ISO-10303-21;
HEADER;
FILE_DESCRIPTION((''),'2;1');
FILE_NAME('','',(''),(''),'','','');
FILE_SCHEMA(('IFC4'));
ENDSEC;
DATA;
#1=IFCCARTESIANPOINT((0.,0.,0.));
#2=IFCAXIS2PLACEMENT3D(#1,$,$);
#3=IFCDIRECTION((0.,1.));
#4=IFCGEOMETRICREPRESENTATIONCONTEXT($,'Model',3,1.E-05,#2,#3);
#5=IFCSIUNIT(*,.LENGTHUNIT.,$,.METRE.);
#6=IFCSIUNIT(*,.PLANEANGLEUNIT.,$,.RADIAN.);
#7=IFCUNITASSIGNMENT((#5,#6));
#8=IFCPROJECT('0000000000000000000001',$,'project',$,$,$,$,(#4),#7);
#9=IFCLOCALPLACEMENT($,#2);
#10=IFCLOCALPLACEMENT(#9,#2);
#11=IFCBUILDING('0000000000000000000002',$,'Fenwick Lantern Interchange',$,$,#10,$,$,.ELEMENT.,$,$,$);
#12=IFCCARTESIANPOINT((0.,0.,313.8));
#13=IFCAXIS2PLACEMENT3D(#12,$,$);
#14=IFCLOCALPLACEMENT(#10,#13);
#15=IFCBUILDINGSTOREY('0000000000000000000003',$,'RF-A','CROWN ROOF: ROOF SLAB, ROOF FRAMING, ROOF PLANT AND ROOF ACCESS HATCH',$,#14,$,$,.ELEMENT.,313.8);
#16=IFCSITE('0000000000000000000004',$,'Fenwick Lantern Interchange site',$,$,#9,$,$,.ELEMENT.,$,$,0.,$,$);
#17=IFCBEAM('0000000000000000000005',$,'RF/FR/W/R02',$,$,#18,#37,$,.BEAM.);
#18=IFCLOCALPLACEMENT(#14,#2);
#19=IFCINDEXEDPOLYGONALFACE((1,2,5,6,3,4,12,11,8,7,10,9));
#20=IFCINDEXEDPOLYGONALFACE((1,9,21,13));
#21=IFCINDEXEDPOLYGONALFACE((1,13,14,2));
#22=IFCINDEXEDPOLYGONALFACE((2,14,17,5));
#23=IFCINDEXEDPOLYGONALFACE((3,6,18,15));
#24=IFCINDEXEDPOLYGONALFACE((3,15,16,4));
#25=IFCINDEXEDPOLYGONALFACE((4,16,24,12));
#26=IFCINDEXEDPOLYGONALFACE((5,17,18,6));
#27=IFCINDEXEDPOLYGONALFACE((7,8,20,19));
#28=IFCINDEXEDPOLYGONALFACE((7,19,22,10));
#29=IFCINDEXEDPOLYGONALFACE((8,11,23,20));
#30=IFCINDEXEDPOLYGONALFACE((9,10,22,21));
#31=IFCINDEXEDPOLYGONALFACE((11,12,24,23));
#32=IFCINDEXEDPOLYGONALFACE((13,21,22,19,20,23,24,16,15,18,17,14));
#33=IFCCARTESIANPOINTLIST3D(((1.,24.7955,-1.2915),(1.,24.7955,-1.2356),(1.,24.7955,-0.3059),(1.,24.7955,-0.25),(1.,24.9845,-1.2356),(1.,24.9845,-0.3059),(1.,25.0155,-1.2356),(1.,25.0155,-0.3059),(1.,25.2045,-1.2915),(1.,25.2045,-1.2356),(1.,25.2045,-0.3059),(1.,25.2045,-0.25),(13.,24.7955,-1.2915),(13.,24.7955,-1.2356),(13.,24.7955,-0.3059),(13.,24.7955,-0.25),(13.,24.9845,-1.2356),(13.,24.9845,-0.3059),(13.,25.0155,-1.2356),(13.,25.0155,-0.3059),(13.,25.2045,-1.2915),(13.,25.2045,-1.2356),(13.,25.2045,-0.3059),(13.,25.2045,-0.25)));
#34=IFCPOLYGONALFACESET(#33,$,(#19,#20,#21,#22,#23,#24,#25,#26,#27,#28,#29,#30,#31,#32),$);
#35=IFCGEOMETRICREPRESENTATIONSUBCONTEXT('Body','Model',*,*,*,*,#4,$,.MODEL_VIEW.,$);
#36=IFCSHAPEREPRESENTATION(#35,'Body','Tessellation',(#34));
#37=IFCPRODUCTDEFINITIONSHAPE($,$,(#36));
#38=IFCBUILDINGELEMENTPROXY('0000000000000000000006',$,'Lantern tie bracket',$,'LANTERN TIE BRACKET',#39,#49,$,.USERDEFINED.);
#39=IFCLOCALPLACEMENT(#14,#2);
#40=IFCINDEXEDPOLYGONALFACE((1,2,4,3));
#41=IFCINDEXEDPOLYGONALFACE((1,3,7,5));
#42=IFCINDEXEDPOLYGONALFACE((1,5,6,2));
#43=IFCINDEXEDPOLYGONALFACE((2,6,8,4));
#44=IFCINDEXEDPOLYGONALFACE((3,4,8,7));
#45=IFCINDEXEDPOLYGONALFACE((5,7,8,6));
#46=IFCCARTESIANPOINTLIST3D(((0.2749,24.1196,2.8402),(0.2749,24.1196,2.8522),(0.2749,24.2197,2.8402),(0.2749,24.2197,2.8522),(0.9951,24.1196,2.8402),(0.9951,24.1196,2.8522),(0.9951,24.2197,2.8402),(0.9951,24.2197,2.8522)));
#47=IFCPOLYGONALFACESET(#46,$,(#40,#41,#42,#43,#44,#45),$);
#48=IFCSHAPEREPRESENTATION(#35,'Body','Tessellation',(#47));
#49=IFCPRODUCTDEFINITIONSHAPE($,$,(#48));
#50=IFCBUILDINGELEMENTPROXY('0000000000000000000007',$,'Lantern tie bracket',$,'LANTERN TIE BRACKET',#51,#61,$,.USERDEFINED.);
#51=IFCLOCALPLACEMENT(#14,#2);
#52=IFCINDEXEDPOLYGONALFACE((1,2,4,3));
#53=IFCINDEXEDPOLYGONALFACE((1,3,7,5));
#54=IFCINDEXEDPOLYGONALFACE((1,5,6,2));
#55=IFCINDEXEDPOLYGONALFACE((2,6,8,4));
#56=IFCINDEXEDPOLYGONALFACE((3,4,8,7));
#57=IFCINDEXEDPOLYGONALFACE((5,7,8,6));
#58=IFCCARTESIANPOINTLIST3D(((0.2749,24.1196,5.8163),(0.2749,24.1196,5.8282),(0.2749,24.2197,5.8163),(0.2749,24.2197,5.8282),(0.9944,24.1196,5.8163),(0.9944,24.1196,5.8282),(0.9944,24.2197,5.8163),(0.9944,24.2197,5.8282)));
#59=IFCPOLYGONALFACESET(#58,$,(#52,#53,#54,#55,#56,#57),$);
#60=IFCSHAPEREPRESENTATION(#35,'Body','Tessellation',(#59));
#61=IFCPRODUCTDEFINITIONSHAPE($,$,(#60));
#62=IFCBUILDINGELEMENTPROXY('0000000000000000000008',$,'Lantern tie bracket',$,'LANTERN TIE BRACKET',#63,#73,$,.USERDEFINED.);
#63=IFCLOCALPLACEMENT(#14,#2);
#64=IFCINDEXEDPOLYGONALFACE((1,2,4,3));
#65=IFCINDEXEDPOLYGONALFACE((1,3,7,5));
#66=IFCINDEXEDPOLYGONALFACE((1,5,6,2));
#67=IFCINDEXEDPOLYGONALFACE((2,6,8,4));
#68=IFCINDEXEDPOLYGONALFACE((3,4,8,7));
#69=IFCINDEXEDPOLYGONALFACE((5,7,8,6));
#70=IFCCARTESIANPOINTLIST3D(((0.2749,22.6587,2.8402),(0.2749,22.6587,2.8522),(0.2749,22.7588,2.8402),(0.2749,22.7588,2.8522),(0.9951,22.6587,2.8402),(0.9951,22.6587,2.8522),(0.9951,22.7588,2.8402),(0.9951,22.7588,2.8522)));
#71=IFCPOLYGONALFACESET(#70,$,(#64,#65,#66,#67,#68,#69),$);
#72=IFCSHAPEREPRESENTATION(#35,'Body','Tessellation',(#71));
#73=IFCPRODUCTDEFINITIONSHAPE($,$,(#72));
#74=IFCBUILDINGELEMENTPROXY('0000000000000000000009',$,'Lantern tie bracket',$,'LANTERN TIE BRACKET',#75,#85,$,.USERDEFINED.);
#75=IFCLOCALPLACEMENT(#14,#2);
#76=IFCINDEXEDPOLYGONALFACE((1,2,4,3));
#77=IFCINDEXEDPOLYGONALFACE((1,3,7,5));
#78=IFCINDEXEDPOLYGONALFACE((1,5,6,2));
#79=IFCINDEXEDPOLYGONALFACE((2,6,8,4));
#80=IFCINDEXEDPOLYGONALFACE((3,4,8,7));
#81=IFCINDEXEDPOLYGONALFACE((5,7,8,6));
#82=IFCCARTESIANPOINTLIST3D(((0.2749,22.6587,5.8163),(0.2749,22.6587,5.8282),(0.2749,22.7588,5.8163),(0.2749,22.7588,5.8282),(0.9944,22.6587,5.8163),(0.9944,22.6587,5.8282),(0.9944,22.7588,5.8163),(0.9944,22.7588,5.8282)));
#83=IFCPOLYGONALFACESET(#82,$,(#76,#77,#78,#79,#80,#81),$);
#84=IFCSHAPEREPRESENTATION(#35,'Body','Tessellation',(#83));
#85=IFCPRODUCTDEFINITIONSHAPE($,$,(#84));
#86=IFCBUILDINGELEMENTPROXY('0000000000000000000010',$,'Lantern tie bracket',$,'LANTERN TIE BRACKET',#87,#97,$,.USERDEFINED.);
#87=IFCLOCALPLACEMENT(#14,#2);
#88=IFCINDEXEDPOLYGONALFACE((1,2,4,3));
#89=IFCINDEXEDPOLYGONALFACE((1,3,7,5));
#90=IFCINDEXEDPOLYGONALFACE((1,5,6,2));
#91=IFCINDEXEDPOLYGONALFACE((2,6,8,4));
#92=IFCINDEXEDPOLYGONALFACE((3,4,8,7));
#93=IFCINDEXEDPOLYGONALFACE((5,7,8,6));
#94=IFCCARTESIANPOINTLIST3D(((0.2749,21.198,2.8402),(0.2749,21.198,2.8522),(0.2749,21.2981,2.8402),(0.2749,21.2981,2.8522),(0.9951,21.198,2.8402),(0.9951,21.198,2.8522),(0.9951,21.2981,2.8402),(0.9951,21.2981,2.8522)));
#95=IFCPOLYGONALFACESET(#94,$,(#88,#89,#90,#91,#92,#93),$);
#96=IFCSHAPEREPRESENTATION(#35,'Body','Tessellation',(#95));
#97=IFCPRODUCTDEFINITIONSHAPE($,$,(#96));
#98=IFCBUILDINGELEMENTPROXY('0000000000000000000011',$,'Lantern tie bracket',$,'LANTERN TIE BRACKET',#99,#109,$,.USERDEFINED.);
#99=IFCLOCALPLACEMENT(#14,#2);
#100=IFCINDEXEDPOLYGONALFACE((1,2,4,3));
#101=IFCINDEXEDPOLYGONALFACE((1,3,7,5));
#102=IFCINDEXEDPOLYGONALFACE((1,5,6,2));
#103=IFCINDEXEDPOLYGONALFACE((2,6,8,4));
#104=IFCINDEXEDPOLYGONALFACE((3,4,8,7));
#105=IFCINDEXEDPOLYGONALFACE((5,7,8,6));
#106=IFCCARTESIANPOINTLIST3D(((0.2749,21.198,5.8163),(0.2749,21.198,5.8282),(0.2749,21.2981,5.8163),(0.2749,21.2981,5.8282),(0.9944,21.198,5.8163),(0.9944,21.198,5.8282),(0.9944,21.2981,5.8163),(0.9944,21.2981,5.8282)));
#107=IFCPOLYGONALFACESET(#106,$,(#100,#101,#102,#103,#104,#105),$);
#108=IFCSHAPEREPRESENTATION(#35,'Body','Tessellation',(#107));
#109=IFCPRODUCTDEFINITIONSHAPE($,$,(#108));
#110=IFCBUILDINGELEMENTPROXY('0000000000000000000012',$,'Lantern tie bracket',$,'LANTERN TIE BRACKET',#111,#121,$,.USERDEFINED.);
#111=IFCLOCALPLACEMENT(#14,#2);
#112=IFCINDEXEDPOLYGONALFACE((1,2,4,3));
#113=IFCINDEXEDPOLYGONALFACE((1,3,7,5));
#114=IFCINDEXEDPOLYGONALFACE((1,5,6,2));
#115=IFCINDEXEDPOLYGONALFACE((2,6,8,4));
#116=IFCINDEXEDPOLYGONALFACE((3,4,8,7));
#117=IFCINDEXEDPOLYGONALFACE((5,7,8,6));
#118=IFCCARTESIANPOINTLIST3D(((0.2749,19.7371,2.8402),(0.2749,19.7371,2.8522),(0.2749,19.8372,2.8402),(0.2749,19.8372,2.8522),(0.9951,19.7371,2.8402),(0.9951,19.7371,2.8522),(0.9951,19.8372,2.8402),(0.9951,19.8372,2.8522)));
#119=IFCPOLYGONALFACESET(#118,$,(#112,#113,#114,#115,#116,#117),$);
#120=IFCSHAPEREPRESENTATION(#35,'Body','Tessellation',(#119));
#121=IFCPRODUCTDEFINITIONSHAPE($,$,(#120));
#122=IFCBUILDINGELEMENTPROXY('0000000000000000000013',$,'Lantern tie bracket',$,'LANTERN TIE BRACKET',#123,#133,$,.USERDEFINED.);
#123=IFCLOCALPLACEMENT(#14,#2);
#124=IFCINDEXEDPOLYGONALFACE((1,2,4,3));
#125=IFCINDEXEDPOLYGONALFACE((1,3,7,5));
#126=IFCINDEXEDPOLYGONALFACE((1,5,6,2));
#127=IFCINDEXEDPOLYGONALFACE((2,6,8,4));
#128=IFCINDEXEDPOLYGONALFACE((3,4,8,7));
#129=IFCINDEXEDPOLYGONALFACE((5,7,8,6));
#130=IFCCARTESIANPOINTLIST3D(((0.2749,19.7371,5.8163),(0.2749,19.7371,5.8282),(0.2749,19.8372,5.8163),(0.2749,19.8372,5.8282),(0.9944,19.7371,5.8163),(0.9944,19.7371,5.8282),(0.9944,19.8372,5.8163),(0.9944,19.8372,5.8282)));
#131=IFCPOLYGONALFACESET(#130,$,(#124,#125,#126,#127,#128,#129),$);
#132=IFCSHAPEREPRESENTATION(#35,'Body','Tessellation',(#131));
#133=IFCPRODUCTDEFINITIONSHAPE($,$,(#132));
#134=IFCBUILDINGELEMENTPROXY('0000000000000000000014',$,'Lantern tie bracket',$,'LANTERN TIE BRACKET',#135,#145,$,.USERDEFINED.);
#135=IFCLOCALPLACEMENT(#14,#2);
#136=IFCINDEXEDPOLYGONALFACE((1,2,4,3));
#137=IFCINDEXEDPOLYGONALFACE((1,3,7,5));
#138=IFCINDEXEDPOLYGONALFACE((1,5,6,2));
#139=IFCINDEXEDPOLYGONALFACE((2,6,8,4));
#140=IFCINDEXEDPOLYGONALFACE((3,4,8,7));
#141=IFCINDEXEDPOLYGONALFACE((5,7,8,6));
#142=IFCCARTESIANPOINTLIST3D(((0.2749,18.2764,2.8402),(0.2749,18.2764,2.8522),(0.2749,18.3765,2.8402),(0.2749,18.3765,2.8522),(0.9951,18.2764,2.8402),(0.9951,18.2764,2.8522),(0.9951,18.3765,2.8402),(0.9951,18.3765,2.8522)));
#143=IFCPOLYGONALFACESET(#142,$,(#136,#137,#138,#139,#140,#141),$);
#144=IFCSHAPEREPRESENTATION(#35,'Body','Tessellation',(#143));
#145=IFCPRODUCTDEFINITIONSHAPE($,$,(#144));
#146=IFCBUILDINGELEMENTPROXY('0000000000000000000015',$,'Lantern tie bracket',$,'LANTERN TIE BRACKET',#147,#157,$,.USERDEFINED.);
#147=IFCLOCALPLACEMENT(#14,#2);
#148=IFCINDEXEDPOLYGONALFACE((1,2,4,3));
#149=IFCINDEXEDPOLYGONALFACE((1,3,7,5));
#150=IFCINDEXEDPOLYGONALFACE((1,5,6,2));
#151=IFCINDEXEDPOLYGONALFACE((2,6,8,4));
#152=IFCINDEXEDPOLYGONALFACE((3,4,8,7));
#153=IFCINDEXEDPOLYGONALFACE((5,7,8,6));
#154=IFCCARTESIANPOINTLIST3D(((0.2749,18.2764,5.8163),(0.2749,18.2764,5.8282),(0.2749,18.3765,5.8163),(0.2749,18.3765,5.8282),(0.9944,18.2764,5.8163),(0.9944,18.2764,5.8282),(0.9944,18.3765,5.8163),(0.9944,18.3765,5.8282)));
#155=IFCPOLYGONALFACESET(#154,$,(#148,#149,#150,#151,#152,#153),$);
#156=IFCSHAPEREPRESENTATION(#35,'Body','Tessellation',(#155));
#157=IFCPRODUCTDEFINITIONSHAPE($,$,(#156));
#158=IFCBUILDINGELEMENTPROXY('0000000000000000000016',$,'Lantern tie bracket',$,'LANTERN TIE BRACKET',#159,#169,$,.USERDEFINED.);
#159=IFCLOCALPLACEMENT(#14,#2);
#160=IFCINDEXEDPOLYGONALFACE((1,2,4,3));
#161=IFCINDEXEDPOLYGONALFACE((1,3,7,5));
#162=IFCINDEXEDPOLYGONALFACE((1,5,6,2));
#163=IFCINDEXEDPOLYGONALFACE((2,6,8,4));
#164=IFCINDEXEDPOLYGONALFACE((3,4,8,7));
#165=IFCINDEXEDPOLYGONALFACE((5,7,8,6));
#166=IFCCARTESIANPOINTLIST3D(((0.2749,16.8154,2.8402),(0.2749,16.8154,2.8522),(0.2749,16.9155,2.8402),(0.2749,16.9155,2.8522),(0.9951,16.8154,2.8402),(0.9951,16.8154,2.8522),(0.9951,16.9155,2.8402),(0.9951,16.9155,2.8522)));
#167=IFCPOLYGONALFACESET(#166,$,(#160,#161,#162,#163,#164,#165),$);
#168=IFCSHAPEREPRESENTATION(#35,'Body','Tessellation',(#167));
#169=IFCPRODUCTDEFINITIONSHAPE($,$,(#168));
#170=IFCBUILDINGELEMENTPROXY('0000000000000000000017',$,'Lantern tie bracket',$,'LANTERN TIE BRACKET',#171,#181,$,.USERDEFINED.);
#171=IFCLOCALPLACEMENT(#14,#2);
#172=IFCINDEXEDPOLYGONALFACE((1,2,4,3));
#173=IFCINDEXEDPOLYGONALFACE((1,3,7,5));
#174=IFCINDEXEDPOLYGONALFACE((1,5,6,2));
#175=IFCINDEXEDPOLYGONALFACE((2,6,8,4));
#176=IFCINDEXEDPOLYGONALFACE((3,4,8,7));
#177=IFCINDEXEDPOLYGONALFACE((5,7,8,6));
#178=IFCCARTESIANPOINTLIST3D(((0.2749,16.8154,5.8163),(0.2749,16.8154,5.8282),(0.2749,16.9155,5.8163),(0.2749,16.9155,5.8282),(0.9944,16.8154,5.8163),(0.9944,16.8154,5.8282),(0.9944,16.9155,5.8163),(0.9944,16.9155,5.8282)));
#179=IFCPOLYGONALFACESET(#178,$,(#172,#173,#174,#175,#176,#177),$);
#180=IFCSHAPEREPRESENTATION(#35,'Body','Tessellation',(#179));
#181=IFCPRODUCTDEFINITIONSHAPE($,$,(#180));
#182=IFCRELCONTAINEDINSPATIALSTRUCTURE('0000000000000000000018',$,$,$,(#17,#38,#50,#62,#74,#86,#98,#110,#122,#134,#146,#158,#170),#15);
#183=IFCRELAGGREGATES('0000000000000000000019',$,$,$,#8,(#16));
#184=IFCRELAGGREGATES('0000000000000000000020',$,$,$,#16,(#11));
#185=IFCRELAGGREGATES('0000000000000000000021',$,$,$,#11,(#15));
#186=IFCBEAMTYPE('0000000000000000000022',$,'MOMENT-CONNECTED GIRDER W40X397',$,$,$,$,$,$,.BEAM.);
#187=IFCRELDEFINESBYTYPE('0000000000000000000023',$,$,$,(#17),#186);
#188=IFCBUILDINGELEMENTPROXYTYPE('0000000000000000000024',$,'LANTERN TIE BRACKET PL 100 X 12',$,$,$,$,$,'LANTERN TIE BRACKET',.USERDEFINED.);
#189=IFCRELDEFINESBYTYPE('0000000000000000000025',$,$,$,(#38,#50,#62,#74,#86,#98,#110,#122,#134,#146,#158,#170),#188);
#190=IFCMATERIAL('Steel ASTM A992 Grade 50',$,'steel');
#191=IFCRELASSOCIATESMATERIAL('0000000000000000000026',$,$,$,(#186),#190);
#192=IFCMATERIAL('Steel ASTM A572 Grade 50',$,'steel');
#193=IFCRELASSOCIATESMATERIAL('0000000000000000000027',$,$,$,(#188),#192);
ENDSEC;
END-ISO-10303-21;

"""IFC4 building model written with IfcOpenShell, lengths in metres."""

from ifc_helpers import new_model, si_unit, direction, frame, origin, origin_2d, place, context, subcontext, project, spatial, rectangle, i_section, extrude, material, material_profile, profile_set, type_object, element, save


model = new_model("IFC4")

# Units and contexts
model_context = context("Model", 3, precision=1e-05, world=origin(), true_north=direction((0.0, 1.0)))
body_context = subcontext(model_context, "Body", "Model", "MODEL_VIEW")
ifc_project = project(units=[si_unit("LENGTHUNIT", "METRE"), si_unit("PLANEANGLEUNIT", "RADIAN")], contexts=[model_context])

# Site, building, storey
site_placement = place(None, origin())
site = spatial("IfcSite", under=ifc_project, at=site_placement, Name="Fenwick Lantern Interchange site", CompositionType="ELEMENT", RefElevation=0.0)
building_placement = place(site_placement, origin())
building = spatial("IfcBuilding", under=site, at=building_placement, Name="Fenwick Lantern Interchange", CompositionType="ELEMENT")
storey_placement = place(building_placement, frame((0.0, 0.0, 313.8)))
storey = spatial("IfcBuildingStorey", under=building, at=storey_placement, Name="RF-A", Description="CROWN ROOF: ROOF SLAB, ROOF FRAMING, ROOF PLANT AND ROOF ACCESS HATCH", CompositionType="ELEMENT", Elevation=313.8)

# Shared definitions
ifc_material_1 = material(Name="Steel ASTM A992 Grade 50", Category="steel")

# Beam
ifc_material_profile_1 = material_profile(ifc_material_1, i_section(OverallWidth=0.4089, OverallDepth=1.0415, WebThickness=0.031, FlangeThickness=0.0559, at=origin_2d()), Name="W40X397")
ifc_profile_set_1 = profile_set([ifc_material_profile_1], Name="Steel ASTM A992 Grade 50")
beam_type_1 = type_object("IfcBeamType", Name="MOMENT-CONNECTED GIRDER W40X397", PredefinedType="BEAM", material=ifc_profile_set_1)
beam_1_placement = place(storey_placement, frame((1.0, 25.0, -0.7708), z_axis=(1.0, 0.0, 0.0), x_axis=(0.0, 1.0, 0.0)))
element("IfcBeam", 1, at=beam_1_placement, inside=storey, type_object=beam_type_1, Name="RF/FR/W/R02", PredefinedType="BEAM", context=body_context, shape_type="SweptSolid", body=[
    extrude(i_section(OverallWidth=0.4089, OverallDepth=1.0415, WebThickness=0.031, FlangeThickness=0.0559, at=origin_2d()), origin(), (0.0, 0.0, 1.0), 12.0),
])

# Building element proxies
ifc_material_2 = material(Name="Steel ASTM A572 Grade 50", Category="steel")
ifc_material_profile_2 = material_profile(ifc_material_2, rectangle(XDim=0.1001, YDim=0.012, at=origin_2d()), Name="PL100X12")
ifc_profile_set_2 = profile_set([ifc_material_profile_2], Name="Steel ASTM A572 Grade 50")
building_element_proxy_type = type_object("IfcBuildingElementProxyType", Name="LANTERN TIE BRACKET PL 100 X 12", ElementType="LANTERN TIE BRACKET", PredefinedType="USERDEFINED", material=ifc_profile_set_2)
proxy_1_placement = place(storey_placement, frame((0.2749, 24.1697, 2.8462), z_axis=(1.0, 0.0, 0.0), x_axis=(0.0, 1.0, 0.0)))
element("IfcBuildingElementProxy", 2, at=proxy_1_placement, inside=storey, type_object=building_element_proxy_type, Name="Lantern tie bracket", ObjectType="LANTERN TIE BRACKET", PredefinedType="USERDEFINED", context=body_context, shape_type="SweptSolid", body=[
    extrude(rectangle(XDim=0.1001, YDim=0.012, at=origin_2d()), origin(), (0.0, 0.0, 1.0), 0.7202),
])
proxy_2_placement = place(storey_placement, frame((0.2749, 24.1697, 5.8223), z_axis=(1.0, 0.0, 0.0), x_axis=(0.0, 1.0, 0.0)))
element("IfcBuildingElementProxy", 3, at=proxy_2_placement, inside=storey, type_object=building_element_proxy_type, Name="Lantern tie bracket", ObjectType="LANTERN TIE BRACKET", PredefinedType="USERDEFINED", context=body_context, shape_type="SweptSolid", body=[
    extrude(rectangle(XDim=0.1001, YDim=0.012, at=origin_2d()), origin(), (0.0, 0.0, 1.0), 0.7195),
])
proxy_3_placement = place(storey_placement, frame((0.2749, 22.7087, 2.8462), z_axis=(1.0, 0.0, 0.0), x_axis=(0.0, 1.0, 0.0)))
element("IfcBuildingElementProxy", 4, at=proxy_3_placement, inside=storey, type_object=building_element_proxy_type, Name="Lantern tie bracket", ObjectType="LANTERN TIE BRACKET", PredefinedType="USERDEFINED", context=body_context, shape_type="SweptSolid", body=[
    extrude(rectangle(XDim=0.1001, YDim=0.012, at=origin_2d()), origin(), (0.0, 0.0, 1.0), 0.7202),
])
proxy_4_placement = place(storey_placement, frame((0.2749, 22.7087, 5.8223), z_axis=(1.0, 0.0, 0.0), x_axis=(0.0, 1.0, 0.0)))
element("IfcBuildingElementProxy", 5, at=proxy_4_placement, inside=storey, type_object=building_element_proxy_type, Name="Lantern tie bracket", ObjectType="LANTERN TIE BRACKET", PredefinedType="USERDEFINED", context=body_context, shape_type="SweptSolid", body=[
    extrude(rectangle(XDim=0.1001, YDim=0.012, at=origin_2d()), origin(), (0.0, 0.0, 1.0), 0.7195),
])
proxy_5_placement = place(storey_placement, frame((0.2749, 21.248, 2.8462), z_axis=(1.0, 0.0, 0.0), x_axis=(0.0, 1.0, 0.0)))
element("IfcBuildingElementProxy", 6, at=proxy_5_placement, inside=storey, type_object=building_element_proxy_type, Name="Lantern tie bracket", ObjectType="LANTERN TIE BRACKET", PredefinedType="USERDEFINED", context=body_context, shape_type="SweptSolid", body=[
    extrude(rectangle(XDim=0.1001, YDim=0.012, at=origin_2d()), origin(), (0.0, 0.0, 1.0), 0.7202),
])
proxy_6_placement = place(storey_placement, frame((0.2749, 21.248, 5.8223), z_axis=(1.0, 0.0, 0.0), x_axis=(0.0, 1.0, 0.0)))
element("IfcBuildingElementProxy", 7, at=proxy_6_placement, inside=storey, type_object=building_element_proxy_type, Name="Lantern tie bracket", ObjectType="LANTERN TIE BRACKET", PredefinedType="USERDEFINED", context=body_context, shape_type="SweptSolid", body=[
    extrude(rectangle(XDim=0.1001, YDim=0.012, at=origin_2d()), origin(), (0.0, 0.0, 1.0), 0.7195),
])
proxy_7_placement = place(storey_placement, frame((0.2749, 19.7871, 2.8462), z_axis=(1.0, 0.0, 0.0), x_axis=(0.0, 1.0, 0.0)))
element("IfcBuildingElementProxy", 8, at=proxy_7_placement, inside=storey, type_object=building_element_proxy_type, Name="Lantern tie bracket", ObjectType="LANTERN TIE BRACKET", PredefinedType="USERDEFINED", context=body_context, shape_type="SweptSolid", body=[
    extrude(rectangle(XDim=0.1001, YDim=0.012, at=origin_2d()), origin(), (0.0, 0.0, 1.0), 0.7202),
])
proxy_8_placement = place(storey_placement, frame((0.2749, 19.7871, 5.8223), z_axis=(1.0, 0.0, 0.0), x_axis=(0.0, 1.0, 0.0)))
element("IfcBuildingElementProxy", 9, at=proxy_8_placement, inside=storey, type_object=building_element_proxy_type, Name="Lantern tie bracket", ObjectType="LANTERN TIE BRACKET", PredefinedType="USERDEFINED", context=body_context, shape_type="SweptSolid", body=[
    extrude(rectangle(XDim=0.1001, YDim=0.012, at=origin_2d()), origin(), (0.0, 0.0, 1.0), 0.7195),
])
proxy_9_placement = place(storey_placement, frame((0.2749, 18.3264, 2.8462), z_axis=(1.0, 0.0, 0.0), x_axis=(0.0, 1.0, 0.0)))
element("IfcBuildingElementProxy", 10, at=proxy_9_placement, inside=storey, type_object=building_element_proxy_type, Name="Lantern tie bracket", ObjectType="LANTERN TIE BRACKET", PredefinedType="USERDEFINED", context=body_context, shape_type="SweptSolid", body=[
    extrude(rectangle(XDim=0.1001, YDim=0.012, at=origin_2d()), origin(), (0.0, 0.0, 1.0), 0.7202),
])
proxy_10_placement = place(storey_placement, frame((0.2749, 18.3264, 5.8223), z_axis=(1.0, 0.0, 0.0), x_axis=(0.0, 1.0, 0.0)))
element("IfcBuildingElementProxy", 11, at=proxy_10_placement, inside=storey, type_object=building_element_proxy_type, Name="Lantern tie bracket", ObjectType="LANTERN TIE BRACKET", PredefinedType="USERDEFINED", context=body_context, shape_type="SweptSolid", body=[
    extrude(rectangle(XDim=0.1001, YDim=0.012, at=origin_2d()), origin(), (0.0, 0.0, 1.0), 0.7195),
])
proxy_11_placement = place(storey_placement, frame((0.2749, 16.8655, 2.8462), z_axis=(1.0, 0.0, 0.0), x_axis=(0.0, 1.0, 0.0)))
element("IfcBuildingElementProxy", 12, at=proxy_11_placement, inside=storey, type_object=building_element_proxy_type, Name="Lantern tie bracket", ObjectType="LANTERN TIE BRACKET", PredefinedType="USERDEFINED", context=body_context, shape_type="SweptSolid", body=[
    extrude(rectangle(XDim=0.1001, YDim=0.012, at=origin_2d()), origin(), (0.0, 0.0, 1.0), 0.7202),
])
proxy_12_placement = place(storey_placement, frame((0.2749, 16.8655, 5.8223), z_axis=(1.0, 0.0, 0.0), x_axis=(0.0, 1.0, 0.0)))
element("IfcBuildingElementProxy", 13, at=proxy_12_placement, inside=storey, type_object=building_element_proxy_type, Name="Lantern tie bracket", ObjectType="LANTERN TIE BRACKET", PredefinedType="USERDEFINED", context=body_context, shape_type="SweptSolid", body=[
    extrude(rectangle(XDim=0.1001, YDim=0.012, at=origin_2d()), origin(), (0.0, 0.0, 1.0), 0.7195),
])

save(model, "model.ifc")
